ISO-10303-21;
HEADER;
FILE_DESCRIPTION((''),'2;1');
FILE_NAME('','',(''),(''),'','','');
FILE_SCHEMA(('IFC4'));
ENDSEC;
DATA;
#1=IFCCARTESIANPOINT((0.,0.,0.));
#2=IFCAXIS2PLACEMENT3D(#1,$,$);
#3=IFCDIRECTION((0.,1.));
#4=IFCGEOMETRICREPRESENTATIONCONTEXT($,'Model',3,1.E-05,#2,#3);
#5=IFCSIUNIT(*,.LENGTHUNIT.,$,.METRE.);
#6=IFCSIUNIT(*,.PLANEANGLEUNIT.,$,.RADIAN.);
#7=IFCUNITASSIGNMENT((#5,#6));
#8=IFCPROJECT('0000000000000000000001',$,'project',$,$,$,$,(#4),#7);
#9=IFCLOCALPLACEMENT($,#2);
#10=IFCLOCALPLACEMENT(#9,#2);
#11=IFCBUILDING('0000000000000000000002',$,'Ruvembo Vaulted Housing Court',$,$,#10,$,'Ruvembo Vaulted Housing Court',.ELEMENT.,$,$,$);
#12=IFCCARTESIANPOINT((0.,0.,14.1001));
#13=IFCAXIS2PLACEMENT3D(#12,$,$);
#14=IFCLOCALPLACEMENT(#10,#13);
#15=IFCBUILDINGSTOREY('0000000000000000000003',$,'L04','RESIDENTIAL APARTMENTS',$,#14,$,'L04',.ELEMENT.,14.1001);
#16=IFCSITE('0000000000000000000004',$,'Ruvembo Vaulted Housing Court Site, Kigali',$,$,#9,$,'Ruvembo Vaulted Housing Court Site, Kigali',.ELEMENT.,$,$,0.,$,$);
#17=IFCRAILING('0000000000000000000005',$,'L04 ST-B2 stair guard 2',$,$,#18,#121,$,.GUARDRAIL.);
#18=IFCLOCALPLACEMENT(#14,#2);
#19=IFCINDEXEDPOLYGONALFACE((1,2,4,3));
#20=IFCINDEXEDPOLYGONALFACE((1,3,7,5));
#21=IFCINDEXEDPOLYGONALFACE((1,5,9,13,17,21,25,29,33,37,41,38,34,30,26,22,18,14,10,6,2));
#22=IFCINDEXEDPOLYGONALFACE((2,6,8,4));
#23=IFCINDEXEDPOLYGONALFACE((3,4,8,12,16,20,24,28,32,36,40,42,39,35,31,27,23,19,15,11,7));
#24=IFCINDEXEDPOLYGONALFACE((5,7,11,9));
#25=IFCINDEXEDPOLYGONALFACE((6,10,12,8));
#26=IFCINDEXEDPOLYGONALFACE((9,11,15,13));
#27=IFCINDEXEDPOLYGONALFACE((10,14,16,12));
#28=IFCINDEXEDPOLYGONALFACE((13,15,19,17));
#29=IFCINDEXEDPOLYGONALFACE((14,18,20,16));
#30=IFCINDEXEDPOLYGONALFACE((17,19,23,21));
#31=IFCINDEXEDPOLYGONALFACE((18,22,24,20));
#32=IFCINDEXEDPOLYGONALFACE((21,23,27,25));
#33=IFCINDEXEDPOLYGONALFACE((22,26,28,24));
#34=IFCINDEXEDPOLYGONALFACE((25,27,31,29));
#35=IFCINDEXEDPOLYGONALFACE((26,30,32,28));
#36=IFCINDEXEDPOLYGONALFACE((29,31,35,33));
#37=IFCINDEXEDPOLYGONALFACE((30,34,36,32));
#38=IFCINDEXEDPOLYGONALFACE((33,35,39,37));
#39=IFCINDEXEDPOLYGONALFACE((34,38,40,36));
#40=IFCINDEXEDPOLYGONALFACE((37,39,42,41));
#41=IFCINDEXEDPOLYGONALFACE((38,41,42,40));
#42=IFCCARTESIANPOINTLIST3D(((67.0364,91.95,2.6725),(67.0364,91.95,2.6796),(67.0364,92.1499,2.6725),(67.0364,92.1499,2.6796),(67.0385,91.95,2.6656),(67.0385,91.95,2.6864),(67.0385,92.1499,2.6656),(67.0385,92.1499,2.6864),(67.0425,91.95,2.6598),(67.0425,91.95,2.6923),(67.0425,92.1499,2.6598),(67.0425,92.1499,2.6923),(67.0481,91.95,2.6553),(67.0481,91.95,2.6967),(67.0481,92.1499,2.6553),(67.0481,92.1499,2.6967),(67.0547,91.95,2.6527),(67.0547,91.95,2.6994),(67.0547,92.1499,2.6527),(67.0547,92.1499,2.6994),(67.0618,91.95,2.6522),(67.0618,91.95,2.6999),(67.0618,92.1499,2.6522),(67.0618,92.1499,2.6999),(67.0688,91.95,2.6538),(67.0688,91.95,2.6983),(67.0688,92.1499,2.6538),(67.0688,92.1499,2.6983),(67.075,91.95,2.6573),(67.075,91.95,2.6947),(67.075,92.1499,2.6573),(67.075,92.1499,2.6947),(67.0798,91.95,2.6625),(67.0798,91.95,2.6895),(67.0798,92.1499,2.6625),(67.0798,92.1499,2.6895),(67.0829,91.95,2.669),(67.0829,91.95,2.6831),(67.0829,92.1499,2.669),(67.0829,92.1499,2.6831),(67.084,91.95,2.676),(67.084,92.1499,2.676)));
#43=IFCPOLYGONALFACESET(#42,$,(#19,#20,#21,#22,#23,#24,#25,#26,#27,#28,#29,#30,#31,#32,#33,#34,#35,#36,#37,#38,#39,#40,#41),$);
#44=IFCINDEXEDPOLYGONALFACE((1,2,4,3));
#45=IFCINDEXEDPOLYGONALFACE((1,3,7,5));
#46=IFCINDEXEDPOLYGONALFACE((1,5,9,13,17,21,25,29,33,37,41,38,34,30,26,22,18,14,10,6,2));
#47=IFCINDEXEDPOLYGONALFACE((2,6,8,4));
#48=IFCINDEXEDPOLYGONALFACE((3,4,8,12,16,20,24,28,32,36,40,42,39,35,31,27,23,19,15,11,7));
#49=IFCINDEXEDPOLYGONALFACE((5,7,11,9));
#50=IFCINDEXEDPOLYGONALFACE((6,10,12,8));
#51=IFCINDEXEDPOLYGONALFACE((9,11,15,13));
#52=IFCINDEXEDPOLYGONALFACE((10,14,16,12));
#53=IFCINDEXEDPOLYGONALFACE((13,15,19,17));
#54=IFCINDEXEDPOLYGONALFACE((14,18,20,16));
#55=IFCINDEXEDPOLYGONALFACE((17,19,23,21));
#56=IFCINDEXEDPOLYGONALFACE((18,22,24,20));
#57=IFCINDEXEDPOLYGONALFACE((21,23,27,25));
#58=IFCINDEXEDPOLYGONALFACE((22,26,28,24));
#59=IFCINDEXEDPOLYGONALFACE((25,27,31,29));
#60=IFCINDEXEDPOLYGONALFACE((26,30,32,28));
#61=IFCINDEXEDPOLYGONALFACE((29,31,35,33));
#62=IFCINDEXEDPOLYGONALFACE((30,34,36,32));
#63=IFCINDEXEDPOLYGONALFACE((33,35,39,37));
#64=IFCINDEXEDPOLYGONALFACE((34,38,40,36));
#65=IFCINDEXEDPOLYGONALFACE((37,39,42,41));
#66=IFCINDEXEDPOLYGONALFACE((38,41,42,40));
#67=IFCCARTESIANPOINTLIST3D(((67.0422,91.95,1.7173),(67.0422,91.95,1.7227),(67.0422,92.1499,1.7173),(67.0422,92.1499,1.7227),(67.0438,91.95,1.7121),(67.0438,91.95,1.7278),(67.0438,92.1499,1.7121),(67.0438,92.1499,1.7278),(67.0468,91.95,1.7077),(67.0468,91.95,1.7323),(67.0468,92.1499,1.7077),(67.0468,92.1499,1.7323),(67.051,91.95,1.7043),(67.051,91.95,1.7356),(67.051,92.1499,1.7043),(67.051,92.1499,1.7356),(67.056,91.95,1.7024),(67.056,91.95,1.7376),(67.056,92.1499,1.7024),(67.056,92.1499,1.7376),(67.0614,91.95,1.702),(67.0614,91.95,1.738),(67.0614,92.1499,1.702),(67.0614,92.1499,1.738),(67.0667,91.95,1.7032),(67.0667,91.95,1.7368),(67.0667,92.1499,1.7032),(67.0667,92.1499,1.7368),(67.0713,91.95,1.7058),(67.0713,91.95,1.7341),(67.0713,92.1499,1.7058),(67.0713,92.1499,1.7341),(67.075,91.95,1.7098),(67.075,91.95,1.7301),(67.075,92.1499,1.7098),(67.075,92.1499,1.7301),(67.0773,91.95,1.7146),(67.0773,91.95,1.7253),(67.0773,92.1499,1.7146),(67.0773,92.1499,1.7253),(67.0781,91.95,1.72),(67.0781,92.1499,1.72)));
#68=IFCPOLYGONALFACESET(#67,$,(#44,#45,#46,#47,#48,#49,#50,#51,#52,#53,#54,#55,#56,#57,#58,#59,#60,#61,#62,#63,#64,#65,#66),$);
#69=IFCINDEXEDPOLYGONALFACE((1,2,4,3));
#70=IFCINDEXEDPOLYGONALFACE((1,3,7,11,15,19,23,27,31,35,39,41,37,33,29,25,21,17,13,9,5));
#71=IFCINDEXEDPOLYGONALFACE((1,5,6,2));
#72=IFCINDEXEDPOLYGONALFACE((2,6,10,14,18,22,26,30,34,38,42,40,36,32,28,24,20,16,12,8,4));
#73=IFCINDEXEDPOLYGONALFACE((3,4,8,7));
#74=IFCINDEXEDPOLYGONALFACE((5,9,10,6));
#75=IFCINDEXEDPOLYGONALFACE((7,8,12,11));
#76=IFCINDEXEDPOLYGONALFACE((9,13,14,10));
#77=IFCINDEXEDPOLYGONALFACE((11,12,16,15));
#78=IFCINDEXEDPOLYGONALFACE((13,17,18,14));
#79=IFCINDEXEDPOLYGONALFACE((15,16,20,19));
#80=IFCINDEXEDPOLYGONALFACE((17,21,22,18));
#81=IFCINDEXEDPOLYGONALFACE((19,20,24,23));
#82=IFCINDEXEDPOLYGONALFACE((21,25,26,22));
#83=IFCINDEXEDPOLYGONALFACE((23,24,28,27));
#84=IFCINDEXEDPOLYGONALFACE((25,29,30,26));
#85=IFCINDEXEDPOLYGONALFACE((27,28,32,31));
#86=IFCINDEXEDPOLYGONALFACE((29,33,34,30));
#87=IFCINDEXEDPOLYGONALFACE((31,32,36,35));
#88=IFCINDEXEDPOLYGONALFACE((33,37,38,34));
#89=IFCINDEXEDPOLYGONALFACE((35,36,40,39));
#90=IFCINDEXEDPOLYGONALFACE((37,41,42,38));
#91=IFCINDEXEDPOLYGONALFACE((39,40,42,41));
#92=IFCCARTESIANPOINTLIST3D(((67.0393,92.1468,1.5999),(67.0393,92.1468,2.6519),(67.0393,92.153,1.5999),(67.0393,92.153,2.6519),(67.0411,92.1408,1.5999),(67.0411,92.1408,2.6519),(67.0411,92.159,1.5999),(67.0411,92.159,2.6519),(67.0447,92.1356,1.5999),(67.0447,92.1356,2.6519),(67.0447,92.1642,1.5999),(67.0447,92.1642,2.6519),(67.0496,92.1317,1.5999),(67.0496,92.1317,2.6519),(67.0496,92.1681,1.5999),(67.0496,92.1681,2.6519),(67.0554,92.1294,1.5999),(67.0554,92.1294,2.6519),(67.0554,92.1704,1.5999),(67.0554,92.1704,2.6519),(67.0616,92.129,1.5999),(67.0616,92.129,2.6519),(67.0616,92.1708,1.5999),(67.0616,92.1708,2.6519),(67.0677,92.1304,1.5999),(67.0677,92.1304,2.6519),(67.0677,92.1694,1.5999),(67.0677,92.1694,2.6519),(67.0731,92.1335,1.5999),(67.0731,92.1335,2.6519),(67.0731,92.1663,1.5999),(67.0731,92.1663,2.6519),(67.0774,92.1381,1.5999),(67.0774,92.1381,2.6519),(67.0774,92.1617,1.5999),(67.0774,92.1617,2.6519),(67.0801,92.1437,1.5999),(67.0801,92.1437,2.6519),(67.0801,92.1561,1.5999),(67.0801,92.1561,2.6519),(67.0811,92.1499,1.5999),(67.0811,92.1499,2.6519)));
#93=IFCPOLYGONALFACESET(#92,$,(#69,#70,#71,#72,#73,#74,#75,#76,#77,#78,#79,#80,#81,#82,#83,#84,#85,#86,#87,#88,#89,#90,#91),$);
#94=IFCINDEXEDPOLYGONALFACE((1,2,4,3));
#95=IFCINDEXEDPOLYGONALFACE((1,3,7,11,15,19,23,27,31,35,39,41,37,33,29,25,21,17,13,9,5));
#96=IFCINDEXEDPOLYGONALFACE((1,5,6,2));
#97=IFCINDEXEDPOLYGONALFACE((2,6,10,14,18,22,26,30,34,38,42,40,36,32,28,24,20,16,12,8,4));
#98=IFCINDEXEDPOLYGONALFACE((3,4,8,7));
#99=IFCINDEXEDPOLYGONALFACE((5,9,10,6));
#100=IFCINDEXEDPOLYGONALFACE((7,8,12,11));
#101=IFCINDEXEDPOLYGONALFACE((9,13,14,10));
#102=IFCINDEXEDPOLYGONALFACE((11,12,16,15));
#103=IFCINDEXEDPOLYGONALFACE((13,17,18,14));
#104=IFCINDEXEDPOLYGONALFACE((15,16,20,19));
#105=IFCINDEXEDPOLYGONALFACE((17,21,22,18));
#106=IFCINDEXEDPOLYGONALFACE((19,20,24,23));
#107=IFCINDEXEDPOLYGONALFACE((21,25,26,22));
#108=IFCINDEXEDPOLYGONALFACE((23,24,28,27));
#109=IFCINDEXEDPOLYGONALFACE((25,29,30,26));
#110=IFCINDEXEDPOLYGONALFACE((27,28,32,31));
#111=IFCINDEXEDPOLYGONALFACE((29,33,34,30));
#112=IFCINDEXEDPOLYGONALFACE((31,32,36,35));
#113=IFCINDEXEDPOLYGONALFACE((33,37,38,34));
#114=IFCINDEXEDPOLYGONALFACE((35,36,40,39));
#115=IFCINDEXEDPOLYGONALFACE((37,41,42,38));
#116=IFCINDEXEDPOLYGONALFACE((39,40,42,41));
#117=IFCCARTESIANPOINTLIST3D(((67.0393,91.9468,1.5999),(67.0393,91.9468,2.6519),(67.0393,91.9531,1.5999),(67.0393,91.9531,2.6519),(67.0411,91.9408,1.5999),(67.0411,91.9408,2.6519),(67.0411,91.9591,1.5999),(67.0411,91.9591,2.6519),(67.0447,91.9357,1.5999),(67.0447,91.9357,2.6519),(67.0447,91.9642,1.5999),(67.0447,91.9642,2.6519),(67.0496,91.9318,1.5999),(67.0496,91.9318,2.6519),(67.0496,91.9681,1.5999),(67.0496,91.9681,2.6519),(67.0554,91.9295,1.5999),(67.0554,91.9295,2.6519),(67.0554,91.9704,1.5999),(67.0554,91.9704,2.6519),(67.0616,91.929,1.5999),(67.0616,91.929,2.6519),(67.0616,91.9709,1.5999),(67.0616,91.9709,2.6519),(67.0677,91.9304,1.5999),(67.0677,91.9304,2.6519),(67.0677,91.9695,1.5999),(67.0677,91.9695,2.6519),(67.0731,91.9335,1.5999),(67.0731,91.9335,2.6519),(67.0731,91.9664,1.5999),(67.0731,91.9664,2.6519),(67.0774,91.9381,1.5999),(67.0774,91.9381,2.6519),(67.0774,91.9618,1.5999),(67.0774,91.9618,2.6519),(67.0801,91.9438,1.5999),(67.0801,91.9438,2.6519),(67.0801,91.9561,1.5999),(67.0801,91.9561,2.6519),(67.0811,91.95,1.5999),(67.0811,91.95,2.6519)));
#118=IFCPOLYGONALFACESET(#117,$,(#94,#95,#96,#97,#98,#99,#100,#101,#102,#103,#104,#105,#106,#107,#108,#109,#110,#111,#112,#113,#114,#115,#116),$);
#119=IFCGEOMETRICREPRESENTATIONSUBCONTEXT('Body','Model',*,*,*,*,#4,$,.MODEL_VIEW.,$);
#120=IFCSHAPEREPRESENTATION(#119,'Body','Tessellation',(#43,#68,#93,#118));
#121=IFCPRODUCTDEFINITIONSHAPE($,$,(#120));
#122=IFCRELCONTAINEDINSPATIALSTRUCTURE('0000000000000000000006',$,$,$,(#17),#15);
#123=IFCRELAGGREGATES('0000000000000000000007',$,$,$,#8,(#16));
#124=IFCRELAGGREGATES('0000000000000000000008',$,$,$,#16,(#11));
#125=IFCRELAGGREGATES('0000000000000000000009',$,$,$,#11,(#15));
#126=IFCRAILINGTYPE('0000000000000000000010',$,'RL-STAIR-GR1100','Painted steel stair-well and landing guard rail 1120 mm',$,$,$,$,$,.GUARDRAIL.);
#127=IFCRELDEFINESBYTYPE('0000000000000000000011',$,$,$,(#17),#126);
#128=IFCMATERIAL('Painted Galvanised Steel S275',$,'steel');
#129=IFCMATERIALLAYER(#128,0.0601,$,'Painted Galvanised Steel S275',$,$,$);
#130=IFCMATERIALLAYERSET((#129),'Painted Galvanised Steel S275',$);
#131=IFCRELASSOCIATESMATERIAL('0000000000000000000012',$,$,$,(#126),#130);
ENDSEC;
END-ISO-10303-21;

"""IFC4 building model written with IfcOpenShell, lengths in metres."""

from ifc_helpers import new_model, si_unit, direction, frame, origin, origin_2d, place, context, subcontext, project, spatial, circle, extrude, material, layer, layer_set, type_object, element, save


model = new_model("IFC4")

# Units and contexts
model_context = context("Model", 3, precision=1e-05, world=origin(), true_north=direction((0.0, 1.0)))
body_context = subcontext(model_context, "Body", "Model", "MODEL_VIEW")
ifc_project = project(units=[si_unit("LENGTHUNIT", "METRE"), si_unit("PLANEANGLEUNIT", "RADIAN")], contexts=[model_context])

# Site, building, storey
site_placement = place(None, origin())
site = spatial("IfcSite", under=ifc_project, at=site_placement, Name="Ruvembo Vaulted Housing Court Site, Kigali", LongName="Ruvembo Vaulted Housing Court Site, Kigali", CompositionType="ELEMENT", RefElevation=0.0)
building_placement = place(site_placement, origin())
building = spatial("IfcBuilding", under=site, at=building_placement, Name="Ruvembo Vaulted Housing Court", LongName="Ruvembo Vaulted Housing Court", CompositionType="ELEMENT")
storey_placement = place(building_placement, frame((0.0, 0.0, 14.1001)))
storey = spatial("IfcBuildingStorey", under=building, at=storey_placement, Name="L04", Description="RESIDENTIAL APARTMENTS", LongName="L04", CompositionType="ELEMENT", Elevation=14.1001)

# Railing
ifc_material_1 = material(Name="Painted Galvanised Steel S275", Category="steel")
ifc_layer_1 = layer(ifc_material_1, 0.0601, Name="Painted Galvanised Steel S275")
ifc_layer_set_1 = layer_set([ifc_layer_1], Name="Painted Galvanised Steel S275")
railing_type_1 = type_object("IfcRailingType", Name="RL-STAIR-GR1100", Description="Painted steel stair-well and landing guard rail 1120 mm", PredefinedType="GUARDRAIL", material=ifc_layer_set_1)
railing_1_placement = place(storey_placement, frame((67.0601, 92.1499, 1.5999)))
element("IfcRailing", 1, at=railing_1_placement, inside=storey, type_object=railing_type_1, Name="L04 ST-B2 stair guard 2", PredefinedType="GUARDRAIL", context=body_context, shape_type="SweptSolid", body=[
    extrude(circle(Radius=0.0239, at=origin_2d()), frame((0.0, 0.0, 1.0762), z_axis=(0.0, -1.0, 0.0), x_axis=(1.0, 0.0, 0.0)), (0.0, 0.0, 1.0), 0.2),
    extrude(circle(Radius=0.0181, at=origin_2d()), frame((0.0, 0.0, 0.1201), z_axis=(0.0, -1.0, 0.0), x_axis=(1.0, 0.0, 0.0)), (0.0, 0.0, 1.0), 0.2),
    extrude(circle(Radius=0.021, at=origin_2d()), origin(), (0.0, 0.0, 1.0), 1.052),
    extrude(circle(Radius=0.021, at=origin_2d()), frame((0.0, -0.2, 0.0)), (0.0, 0.0, 1.0), 1.052),
])

save(model, "model.ifc")
